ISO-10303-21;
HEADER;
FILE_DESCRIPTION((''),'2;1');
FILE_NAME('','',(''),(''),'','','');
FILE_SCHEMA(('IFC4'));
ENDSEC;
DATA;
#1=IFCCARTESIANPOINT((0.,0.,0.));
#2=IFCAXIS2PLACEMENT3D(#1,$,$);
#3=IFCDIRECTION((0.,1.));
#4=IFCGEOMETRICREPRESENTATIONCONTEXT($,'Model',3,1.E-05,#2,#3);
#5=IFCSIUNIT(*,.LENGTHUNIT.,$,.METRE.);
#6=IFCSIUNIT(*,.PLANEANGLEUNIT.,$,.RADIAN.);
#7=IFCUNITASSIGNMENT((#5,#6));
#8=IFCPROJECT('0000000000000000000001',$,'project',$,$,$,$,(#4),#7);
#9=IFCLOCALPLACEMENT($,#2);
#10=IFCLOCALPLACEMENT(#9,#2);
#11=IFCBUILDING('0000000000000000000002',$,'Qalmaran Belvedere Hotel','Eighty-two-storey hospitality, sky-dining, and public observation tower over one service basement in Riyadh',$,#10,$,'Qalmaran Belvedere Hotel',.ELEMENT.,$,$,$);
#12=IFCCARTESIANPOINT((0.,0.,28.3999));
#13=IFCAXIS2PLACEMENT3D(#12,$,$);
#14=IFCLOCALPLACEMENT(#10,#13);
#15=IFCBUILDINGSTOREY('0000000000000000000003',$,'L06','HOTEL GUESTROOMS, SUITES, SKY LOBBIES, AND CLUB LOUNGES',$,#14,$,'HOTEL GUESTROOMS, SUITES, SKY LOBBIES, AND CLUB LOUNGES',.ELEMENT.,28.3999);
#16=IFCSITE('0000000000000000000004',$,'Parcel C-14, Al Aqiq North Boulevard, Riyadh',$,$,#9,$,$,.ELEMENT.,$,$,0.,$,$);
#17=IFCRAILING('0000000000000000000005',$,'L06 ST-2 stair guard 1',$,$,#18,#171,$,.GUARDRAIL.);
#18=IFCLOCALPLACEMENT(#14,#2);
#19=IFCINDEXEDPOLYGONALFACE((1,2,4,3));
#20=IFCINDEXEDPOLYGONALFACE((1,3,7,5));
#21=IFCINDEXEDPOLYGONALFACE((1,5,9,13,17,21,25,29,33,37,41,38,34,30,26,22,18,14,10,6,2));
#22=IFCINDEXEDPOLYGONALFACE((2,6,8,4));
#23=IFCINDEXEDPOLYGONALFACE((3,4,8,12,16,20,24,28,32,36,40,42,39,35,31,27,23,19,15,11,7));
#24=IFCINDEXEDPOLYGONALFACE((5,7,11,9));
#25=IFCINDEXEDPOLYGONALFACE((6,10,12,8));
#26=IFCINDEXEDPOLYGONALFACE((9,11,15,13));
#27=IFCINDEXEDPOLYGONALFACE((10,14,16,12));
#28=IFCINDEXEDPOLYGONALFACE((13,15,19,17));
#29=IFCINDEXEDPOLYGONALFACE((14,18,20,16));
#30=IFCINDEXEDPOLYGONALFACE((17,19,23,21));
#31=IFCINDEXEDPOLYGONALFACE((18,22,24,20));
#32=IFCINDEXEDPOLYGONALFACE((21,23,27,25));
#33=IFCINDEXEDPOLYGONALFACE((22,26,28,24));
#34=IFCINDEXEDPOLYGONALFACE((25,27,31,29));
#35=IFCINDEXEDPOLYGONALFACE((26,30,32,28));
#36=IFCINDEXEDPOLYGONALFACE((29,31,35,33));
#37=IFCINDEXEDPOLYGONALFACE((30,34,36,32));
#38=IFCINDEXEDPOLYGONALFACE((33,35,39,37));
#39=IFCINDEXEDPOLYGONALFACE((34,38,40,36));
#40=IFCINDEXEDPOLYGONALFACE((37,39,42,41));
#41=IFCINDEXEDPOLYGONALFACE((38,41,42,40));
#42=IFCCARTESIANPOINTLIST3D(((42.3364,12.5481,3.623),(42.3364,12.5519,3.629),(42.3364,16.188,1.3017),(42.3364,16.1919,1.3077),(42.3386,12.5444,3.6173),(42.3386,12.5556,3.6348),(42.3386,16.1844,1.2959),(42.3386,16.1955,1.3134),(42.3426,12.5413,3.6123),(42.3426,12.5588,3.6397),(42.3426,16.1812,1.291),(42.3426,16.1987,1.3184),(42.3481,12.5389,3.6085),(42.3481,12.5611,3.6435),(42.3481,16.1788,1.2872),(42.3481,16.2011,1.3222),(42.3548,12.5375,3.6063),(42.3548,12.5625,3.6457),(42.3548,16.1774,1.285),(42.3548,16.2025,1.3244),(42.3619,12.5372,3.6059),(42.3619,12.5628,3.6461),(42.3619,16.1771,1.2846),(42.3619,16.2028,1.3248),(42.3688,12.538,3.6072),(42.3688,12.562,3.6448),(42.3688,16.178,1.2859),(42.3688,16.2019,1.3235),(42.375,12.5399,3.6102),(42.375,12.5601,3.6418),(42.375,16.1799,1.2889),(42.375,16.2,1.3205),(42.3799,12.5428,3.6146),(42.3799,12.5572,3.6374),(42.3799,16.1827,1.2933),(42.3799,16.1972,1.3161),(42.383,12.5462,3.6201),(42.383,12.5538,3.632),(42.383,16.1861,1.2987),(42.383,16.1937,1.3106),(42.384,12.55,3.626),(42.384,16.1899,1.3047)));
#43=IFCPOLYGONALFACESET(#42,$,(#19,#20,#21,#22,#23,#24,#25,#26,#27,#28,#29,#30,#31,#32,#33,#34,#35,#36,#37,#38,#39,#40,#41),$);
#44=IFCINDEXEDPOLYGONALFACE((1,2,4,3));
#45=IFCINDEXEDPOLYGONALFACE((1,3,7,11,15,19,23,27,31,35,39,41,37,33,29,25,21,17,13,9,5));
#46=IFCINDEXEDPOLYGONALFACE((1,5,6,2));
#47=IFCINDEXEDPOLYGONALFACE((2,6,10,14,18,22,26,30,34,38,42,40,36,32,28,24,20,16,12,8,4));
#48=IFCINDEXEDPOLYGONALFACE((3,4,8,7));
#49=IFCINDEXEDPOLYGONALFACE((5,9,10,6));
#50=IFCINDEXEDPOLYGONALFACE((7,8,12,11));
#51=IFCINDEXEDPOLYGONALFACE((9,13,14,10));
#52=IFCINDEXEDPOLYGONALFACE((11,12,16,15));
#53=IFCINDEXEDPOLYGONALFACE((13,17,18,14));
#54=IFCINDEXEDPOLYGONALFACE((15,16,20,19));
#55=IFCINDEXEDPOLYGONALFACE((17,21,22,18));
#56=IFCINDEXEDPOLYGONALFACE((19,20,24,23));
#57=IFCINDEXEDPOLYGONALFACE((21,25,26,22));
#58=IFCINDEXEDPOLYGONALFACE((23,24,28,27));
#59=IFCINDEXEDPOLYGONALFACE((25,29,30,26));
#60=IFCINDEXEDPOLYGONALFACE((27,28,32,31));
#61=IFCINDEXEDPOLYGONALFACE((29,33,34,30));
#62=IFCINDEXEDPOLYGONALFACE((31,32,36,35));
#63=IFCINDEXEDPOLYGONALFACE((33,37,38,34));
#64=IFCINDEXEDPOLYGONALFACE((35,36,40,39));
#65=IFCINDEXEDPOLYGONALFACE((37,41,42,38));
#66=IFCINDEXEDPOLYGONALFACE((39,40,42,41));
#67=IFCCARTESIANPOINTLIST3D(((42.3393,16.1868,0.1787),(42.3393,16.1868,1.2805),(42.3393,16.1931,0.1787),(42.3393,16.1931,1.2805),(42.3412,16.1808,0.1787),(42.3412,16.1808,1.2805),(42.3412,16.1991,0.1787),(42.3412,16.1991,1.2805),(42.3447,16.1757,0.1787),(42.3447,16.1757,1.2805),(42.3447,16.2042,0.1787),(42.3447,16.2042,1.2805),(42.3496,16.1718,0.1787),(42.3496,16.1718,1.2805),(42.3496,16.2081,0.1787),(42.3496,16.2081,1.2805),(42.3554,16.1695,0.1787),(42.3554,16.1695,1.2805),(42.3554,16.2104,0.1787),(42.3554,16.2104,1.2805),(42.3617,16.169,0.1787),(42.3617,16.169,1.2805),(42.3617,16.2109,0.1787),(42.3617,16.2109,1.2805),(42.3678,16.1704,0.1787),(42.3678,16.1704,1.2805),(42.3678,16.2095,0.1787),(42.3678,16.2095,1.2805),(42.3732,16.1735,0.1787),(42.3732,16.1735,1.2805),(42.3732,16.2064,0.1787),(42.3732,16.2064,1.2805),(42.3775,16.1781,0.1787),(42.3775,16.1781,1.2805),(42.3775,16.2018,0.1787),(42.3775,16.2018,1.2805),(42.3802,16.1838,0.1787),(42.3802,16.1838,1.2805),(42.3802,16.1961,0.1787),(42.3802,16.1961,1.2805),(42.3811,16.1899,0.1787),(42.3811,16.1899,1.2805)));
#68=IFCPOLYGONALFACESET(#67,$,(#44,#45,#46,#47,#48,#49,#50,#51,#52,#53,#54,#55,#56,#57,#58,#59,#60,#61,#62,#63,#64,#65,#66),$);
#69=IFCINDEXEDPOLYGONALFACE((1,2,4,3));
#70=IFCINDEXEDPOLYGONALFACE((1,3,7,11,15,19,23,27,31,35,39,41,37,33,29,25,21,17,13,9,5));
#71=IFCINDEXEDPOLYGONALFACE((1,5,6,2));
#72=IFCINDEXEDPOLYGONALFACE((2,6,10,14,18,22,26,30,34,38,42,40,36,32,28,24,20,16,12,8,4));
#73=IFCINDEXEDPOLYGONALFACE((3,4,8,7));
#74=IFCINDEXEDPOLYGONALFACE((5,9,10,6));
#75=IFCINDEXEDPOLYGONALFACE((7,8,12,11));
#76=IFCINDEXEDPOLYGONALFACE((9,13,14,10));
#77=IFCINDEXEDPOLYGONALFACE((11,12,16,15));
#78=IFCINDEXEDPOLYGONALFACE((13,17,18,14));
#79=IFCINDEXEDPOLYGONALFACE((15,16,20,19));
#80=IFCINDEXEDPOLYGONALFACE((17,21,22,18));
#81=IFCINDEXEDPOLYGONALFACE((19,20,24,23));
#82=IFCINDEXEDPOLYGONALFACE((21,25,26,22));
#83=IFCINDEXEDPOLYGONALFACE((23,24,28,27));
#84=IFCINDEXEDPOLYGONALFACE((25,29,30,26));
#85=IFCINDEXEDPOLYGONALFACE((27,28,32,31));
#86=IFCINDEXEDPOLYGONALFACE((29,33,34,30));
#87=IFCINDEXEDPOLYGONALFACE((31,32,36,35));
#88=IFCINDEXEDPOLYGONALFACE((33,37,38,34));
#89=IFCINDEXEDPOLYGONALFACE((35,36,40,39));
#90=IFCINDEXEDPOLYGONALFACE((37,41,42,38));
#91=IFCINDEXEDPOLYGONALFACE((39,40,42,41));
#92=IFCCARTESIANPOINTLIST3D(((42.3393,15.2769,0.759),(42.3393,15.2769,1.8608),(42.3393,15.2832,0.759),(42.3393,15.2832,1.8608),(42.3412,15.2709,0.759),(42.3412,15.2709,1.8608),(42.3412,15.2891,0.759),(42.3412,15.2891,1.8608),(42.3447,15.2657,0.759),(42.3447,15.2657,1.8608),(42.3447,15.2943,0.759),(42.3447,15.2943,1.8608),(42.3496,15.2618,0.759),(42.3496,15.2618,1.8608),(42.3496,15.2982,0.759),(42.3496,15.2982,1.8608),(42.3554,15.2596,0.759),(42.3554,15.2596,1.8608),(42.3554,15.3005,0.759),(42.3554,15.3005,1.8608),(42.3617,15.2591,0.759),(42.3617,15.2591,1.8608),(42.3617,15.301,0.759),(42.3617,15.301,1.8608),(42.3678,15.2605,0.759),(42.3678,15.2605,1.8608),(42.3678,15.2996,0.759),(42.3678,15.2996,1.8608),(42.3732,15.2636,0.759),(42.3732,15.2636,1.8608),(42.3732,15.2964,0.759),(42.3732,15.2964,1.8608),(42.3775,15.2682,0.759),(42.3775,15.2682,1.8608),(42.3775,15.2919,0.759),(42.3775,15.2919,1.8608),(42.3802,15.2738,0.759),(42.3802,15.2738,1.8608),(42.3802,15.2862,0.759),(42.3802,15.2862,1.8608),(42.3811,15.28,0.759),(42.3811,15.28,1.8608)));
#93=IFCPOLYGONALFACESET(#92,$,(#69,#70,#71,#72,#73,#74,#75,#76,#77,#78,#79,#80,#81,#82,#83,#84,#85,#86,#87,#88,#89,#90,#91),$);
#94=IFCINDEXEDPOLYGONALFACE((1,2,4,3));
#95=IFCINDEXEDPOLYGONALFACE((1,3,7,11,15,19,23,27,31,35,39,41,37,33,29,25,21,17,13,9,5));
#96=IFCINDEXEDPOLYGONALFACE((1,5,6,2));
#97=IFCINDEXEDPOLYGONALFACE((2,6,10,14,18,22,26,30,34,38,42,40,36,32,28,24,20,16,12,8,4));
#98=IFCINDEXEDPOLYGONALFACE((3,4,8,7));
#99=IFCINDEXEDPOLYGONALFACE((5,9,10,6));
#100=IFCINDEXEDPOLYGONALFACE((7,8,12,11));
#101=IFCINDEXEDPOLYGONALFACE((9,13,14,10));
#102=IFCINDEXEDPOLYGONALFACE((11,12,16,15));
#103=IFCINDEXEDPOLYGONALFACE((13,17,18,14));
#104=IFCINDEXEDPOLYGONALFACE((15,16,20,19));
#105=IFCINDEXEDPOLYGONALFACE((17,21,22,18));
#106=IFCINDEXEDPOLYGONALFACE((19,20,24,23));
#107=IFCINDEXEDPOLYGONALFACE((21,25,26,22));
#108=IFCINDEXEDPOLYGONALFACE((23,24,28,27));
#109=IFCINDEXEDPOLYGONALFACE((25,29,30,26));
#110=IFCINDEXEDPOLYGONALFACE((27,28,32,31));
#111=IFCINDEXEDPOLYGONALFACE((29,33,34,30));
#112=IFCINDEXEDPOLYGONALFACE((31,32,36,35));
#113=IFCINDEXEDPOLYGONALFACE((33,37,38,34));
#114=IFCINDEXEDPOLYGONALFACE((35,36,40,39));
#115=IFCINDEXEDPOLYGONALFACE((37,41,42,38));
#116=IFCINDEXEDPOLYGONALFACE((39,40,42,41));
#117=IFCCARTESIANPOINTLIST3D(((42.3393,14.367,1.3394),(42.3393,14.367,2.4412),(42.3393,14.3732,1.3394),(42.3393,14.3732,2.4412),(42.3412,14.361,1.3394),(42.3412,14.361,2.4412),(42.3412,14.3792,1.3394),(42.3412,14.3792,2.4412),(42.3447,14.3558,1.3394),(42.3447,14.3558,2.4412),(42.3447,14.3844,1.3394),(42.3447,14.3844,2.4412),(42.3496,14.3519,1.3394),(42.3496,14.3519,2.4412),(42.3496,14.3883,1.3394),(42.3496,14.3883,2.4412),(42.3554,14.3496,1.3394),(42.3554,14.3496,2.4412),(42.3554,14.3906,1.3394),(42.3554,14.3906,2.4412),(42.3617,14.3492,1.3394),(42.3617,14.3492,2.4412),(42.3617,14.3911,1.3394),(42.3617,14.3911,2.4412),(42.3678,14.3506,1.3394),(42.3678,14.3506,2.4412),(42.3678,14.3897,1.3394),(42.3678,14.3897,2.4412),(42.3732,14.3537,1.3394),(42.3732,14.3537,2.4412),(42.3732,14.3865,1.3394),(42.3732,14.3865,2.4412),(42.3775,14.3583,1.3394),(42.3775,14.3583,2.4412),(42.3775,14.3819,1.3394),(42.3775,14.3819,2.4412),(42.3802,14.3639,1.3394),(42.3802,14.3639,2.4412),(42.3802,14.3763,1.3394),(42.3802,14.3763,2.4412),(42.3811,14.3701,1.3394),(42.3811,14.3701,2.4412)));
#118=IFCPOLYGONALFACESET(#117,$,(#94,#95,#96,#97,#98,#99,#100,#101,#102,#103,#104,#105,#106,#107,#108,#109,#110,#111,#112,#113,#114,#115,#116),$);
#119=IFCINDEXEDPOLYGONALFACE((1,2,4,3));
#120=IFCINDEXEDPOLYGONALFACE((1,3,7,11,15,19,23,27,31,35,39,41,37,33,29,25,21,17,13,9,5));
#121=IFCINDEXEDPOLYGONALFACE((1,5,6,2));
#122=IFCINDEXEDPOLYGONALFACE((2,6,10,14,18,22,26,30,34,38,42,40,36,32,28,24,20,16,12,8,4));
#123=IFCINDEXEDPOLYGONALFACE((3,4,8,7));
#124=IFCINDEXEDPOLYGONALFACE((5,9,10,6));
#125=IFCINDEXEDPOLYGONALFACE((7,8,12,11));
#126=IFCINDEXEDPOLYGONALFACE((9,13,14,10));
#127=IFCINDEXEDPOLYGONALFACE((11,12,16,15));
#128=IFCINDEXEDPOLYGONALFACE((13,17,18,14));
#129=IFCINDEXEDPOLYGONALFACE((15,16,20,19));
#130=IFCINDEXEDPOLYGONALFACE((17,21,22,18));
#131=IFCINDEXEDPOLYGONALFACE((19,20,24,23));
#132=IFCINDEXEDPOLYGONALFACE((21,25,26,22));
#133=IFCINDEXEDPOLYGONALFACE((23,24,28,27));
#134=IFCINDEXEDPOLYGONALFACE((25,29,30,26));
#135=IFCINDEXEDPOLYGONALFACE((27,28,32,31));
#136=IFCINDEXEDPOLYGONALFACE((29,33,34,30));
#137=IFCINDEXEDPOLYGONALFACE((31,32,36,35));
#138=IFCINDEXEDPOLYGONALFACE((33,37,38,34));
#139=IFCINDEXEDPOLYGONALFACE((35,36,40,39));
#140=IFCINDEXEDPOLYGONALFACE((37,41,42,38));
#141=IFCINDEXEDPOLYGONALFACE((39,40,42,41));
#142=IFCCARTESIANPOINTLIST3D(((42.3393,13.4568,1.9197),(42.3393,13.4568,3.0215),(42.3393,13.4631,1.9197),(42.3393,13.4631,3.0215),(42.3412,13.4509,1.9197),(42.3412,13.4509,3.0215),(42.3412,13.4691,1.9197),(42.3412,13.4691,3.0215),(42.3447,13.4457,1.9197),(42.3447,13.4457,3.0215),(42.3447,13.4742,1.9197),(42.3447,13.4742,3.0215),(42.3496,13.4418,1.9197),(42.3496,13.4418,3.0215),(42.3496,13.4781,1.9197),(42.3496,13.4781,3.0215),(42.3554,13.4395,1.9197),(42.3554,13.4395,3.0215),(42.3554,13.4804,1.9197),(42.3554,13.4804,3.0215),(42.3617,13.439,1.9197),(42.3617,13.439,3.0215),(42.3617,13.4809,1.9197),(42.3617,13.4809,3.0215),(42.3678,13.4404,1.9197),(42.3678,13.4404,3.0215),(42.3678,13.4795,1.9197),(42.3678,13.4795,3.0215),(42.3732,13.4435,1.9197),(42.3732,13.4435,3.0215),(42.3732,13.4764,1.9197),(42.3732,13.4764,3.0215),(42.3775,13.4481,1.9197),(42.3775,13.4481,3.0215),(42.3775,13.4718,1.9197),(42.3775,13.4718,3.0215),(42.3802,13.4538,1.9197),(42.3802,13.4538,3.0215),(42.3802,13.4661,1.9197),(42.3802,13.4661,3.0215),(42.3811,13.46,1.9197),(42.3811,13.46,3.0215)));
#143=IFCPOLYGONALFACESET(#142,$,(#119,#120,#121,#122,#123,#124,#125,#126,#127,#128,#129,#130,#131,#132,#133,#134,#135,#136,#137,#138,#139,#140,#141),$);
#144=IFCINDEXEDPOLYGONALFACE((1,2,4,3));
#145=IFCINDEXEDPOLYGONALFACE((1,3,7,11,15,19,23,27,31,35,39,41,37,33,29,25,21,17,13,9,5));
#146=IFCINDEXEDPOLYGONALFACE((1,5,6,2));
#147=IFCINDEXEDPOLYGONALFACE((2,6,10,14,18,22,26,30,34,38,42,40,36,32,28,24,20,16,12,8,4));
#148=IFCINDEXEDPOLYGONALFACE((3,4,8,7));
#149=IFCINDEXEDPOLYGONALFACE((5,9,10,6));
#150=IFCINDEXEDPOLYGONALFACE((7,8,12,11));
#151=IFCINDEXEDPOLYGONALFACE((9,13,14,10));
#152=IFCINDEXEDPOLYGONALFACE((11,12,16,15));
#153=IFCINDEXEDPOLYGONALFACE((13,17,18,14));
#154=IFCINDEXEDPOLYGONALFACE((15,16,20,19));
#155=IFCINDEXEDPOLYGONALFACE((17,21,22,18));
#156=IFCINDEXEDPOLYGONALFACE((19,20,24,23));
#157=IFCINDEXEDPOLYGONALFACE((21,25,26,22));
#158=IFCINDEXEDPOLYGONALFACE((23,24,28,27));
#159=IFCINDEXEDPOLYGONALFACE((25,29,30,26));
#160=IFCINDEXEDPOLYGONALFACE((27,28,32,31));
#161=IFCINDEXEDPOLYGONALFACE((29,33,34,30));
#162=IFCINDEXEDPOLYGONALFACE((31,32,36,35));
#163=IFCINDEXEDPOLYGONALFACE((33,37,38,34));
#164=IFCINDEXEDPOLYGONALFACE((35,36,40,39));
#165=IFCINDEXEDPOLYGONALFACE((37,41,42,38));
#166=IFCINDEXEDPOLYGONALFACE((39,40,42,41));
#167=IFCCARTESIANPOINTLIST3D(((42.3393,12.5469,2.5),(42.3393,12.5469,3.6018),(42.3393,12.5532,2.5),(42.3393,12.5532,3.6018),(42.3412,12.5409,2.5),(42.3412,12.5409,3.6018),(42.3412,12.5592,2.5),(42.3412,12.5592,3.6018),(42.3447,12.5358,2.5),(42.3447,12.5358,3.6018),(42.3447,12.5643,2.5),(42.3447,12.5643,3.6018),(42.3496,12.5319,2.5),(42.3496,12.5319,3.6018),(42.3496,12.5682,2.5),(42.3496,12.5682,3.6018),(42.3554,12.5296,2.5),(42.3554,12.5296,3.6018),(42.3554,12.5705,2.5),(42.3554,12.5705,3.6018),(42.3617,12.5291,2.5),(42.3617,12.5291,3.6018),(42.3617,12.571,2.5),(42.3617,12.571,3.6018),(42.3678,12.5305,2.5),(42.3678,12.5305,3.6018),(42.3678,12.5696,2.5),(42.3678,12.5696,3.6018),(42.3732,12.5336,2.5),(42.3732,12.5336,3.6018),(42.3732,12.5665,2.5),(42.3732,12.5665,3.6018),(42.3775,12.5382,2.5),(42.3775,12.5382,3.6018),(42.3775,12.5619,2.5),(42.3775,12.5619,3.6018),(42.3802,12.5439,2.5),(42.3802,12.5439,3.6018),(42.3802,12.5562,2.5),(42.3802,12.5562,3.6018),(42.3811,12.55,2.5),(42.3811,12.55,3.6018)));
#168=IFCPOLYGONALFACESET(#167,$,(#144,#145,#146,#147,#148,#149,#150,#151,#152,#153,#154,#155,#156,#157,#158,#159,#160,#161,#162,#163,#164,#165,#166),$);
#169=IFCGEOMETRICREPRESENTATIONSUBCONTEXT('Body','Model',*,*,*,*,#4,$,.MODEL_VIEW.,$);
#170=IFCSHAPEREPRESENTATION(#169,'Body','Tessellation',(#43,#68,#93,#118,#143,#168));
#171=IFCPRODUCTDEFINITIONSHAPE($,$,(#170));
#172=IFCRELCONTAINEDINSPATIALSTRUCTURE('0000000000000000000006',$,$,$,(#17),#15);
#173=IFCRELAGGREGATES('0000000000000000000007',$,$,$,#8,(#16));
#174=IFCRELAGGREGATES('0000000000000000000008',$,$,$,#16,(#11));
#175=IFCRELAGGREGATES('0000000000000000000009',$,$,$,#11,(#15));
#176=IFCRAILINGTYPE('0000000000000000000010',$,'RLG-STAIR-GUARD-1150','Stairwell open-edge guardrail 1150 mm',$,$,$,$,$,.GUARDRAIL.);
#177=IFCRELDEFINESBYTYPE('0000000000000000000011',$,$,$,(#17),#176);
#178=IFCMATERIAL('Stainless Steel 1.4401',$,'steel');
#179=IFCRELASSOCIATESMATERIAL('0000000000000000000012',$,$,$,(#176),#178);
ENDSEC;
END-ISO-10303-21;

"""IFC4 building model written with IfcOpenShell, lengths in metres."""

from ifc_helpers import new_model, si_unit, direction, frame, origin, origin_2d, place, context, subcontext, project, spatial, circle, extrude, material, type_object, element, save


model = new_model("IFC4")

# Units and contexts
model_context = context("Model", 3, precision=1e-05, world=origin(), true_north=direction((0.0, 1.0)))
body_context = subcontext(model_context, "Body", "Model", "MODEL_VIEW")
ifc_project = project(units=[si_unit("LENGTHUNIT", "METRE"), si_unit("PLANEANGLEUNIT", "RADIAN")], contexts=[model_context])

# Site, building, storey
site_placement = place(None, origin())
site = spatial("IfcSite", under=ifc_project, at=site_placement, Name="Parcel C-14, Al Aqiq North Boulevard, Riyadh", CompositionType="ELEMENT", RefElevation=0.0)
building_placement = place(site_placement, origin())
building = spatial("IfcBuilding", under=site, at=building_placement, Name="Qalmaran Belvedere Hotel", Description="Eighty-two-storey hospitality, sky-dining, and public observation tower over one service basement in Riyadh", LongName="Qalmaran Belvedere Hotel", CompositionType="ELEMENT")
storey_placement = place(building_placement, frame((0.0, 0.0, 28.3999)))
storey = spatial("IfcBuildingStorey", under=building, at=storey_placement, Name="L06", Description="HOTEL GUESTROOMS, SUITES, SKY LOBBIES, AND CLUB LOUNGES", LongName="HOTEL GUESTROOMS, SUITES, SKY LOBBIES, AND CLUB LOUNGES", CompositionType="ELEMENT", Elevation=28.3999)

# Shared definitions
ifc_material_1 = material(Name="Stainless Steel 1.4401", Category="steel")

# Railing
railing_type_1 = type_object("IfcRailingType", Name="RLG-STAIR-GUARD-1150", Description="Stairwell open-edge guardrail 1150 mm", PredefinedType="GUARDRAIL", material=ifc_material_1)
railing_1_placement = place(storey_placement, frame((42.3601, 16.1899, 0.1787)))
element("IfcRailing", 1, at=railing_1_placement, inside=storey, type_object=railing_type_1, Name="L06 ST-2 stair guard 1", PredefinedType="GUARDRAIL", context=body_context, shape_type="SweptSolid", body=[
    extrude(circle(Radius=0.0239, at=origin_2d()), frame((0.0, 0.0, 1.126), z_axis=(0.0, -0.843137, 0.537699), x_axis=(1.0, 0.0, 0.0)), (0.0, 0.0, 1.0), 4.3171),
    extrude(circle(Radius=0.021, at=origin_2d()), origin(), (0.0, 0.0, 1.0), 1.1018),
    extrude(circle(Radius=0.021, at=origin_2d()), frame((0.0, -0.9099, 0.5803)), (0.0, 0.0, 1.0), 1.1018),
    extrude(circle(Radius=0.021, at=origin_2d()), frame((0.0, -1.8198, 1.1606)), (0.0, 0.0, 1.0), 1.1018),
    extrude(circle(Radius=0.021, at=origin_2d()), frame((0.0, -2.73, 1.741)), (0.0, 0.0, 1.0), 1.1018),
    extrude(circle(Radius=0.021, at=origin_2d()), frame((0.0, -3.6399, 2.3213)), (0.0, 0.0, 1.0), 1.1018),
])

save(model, "model.ifc")
